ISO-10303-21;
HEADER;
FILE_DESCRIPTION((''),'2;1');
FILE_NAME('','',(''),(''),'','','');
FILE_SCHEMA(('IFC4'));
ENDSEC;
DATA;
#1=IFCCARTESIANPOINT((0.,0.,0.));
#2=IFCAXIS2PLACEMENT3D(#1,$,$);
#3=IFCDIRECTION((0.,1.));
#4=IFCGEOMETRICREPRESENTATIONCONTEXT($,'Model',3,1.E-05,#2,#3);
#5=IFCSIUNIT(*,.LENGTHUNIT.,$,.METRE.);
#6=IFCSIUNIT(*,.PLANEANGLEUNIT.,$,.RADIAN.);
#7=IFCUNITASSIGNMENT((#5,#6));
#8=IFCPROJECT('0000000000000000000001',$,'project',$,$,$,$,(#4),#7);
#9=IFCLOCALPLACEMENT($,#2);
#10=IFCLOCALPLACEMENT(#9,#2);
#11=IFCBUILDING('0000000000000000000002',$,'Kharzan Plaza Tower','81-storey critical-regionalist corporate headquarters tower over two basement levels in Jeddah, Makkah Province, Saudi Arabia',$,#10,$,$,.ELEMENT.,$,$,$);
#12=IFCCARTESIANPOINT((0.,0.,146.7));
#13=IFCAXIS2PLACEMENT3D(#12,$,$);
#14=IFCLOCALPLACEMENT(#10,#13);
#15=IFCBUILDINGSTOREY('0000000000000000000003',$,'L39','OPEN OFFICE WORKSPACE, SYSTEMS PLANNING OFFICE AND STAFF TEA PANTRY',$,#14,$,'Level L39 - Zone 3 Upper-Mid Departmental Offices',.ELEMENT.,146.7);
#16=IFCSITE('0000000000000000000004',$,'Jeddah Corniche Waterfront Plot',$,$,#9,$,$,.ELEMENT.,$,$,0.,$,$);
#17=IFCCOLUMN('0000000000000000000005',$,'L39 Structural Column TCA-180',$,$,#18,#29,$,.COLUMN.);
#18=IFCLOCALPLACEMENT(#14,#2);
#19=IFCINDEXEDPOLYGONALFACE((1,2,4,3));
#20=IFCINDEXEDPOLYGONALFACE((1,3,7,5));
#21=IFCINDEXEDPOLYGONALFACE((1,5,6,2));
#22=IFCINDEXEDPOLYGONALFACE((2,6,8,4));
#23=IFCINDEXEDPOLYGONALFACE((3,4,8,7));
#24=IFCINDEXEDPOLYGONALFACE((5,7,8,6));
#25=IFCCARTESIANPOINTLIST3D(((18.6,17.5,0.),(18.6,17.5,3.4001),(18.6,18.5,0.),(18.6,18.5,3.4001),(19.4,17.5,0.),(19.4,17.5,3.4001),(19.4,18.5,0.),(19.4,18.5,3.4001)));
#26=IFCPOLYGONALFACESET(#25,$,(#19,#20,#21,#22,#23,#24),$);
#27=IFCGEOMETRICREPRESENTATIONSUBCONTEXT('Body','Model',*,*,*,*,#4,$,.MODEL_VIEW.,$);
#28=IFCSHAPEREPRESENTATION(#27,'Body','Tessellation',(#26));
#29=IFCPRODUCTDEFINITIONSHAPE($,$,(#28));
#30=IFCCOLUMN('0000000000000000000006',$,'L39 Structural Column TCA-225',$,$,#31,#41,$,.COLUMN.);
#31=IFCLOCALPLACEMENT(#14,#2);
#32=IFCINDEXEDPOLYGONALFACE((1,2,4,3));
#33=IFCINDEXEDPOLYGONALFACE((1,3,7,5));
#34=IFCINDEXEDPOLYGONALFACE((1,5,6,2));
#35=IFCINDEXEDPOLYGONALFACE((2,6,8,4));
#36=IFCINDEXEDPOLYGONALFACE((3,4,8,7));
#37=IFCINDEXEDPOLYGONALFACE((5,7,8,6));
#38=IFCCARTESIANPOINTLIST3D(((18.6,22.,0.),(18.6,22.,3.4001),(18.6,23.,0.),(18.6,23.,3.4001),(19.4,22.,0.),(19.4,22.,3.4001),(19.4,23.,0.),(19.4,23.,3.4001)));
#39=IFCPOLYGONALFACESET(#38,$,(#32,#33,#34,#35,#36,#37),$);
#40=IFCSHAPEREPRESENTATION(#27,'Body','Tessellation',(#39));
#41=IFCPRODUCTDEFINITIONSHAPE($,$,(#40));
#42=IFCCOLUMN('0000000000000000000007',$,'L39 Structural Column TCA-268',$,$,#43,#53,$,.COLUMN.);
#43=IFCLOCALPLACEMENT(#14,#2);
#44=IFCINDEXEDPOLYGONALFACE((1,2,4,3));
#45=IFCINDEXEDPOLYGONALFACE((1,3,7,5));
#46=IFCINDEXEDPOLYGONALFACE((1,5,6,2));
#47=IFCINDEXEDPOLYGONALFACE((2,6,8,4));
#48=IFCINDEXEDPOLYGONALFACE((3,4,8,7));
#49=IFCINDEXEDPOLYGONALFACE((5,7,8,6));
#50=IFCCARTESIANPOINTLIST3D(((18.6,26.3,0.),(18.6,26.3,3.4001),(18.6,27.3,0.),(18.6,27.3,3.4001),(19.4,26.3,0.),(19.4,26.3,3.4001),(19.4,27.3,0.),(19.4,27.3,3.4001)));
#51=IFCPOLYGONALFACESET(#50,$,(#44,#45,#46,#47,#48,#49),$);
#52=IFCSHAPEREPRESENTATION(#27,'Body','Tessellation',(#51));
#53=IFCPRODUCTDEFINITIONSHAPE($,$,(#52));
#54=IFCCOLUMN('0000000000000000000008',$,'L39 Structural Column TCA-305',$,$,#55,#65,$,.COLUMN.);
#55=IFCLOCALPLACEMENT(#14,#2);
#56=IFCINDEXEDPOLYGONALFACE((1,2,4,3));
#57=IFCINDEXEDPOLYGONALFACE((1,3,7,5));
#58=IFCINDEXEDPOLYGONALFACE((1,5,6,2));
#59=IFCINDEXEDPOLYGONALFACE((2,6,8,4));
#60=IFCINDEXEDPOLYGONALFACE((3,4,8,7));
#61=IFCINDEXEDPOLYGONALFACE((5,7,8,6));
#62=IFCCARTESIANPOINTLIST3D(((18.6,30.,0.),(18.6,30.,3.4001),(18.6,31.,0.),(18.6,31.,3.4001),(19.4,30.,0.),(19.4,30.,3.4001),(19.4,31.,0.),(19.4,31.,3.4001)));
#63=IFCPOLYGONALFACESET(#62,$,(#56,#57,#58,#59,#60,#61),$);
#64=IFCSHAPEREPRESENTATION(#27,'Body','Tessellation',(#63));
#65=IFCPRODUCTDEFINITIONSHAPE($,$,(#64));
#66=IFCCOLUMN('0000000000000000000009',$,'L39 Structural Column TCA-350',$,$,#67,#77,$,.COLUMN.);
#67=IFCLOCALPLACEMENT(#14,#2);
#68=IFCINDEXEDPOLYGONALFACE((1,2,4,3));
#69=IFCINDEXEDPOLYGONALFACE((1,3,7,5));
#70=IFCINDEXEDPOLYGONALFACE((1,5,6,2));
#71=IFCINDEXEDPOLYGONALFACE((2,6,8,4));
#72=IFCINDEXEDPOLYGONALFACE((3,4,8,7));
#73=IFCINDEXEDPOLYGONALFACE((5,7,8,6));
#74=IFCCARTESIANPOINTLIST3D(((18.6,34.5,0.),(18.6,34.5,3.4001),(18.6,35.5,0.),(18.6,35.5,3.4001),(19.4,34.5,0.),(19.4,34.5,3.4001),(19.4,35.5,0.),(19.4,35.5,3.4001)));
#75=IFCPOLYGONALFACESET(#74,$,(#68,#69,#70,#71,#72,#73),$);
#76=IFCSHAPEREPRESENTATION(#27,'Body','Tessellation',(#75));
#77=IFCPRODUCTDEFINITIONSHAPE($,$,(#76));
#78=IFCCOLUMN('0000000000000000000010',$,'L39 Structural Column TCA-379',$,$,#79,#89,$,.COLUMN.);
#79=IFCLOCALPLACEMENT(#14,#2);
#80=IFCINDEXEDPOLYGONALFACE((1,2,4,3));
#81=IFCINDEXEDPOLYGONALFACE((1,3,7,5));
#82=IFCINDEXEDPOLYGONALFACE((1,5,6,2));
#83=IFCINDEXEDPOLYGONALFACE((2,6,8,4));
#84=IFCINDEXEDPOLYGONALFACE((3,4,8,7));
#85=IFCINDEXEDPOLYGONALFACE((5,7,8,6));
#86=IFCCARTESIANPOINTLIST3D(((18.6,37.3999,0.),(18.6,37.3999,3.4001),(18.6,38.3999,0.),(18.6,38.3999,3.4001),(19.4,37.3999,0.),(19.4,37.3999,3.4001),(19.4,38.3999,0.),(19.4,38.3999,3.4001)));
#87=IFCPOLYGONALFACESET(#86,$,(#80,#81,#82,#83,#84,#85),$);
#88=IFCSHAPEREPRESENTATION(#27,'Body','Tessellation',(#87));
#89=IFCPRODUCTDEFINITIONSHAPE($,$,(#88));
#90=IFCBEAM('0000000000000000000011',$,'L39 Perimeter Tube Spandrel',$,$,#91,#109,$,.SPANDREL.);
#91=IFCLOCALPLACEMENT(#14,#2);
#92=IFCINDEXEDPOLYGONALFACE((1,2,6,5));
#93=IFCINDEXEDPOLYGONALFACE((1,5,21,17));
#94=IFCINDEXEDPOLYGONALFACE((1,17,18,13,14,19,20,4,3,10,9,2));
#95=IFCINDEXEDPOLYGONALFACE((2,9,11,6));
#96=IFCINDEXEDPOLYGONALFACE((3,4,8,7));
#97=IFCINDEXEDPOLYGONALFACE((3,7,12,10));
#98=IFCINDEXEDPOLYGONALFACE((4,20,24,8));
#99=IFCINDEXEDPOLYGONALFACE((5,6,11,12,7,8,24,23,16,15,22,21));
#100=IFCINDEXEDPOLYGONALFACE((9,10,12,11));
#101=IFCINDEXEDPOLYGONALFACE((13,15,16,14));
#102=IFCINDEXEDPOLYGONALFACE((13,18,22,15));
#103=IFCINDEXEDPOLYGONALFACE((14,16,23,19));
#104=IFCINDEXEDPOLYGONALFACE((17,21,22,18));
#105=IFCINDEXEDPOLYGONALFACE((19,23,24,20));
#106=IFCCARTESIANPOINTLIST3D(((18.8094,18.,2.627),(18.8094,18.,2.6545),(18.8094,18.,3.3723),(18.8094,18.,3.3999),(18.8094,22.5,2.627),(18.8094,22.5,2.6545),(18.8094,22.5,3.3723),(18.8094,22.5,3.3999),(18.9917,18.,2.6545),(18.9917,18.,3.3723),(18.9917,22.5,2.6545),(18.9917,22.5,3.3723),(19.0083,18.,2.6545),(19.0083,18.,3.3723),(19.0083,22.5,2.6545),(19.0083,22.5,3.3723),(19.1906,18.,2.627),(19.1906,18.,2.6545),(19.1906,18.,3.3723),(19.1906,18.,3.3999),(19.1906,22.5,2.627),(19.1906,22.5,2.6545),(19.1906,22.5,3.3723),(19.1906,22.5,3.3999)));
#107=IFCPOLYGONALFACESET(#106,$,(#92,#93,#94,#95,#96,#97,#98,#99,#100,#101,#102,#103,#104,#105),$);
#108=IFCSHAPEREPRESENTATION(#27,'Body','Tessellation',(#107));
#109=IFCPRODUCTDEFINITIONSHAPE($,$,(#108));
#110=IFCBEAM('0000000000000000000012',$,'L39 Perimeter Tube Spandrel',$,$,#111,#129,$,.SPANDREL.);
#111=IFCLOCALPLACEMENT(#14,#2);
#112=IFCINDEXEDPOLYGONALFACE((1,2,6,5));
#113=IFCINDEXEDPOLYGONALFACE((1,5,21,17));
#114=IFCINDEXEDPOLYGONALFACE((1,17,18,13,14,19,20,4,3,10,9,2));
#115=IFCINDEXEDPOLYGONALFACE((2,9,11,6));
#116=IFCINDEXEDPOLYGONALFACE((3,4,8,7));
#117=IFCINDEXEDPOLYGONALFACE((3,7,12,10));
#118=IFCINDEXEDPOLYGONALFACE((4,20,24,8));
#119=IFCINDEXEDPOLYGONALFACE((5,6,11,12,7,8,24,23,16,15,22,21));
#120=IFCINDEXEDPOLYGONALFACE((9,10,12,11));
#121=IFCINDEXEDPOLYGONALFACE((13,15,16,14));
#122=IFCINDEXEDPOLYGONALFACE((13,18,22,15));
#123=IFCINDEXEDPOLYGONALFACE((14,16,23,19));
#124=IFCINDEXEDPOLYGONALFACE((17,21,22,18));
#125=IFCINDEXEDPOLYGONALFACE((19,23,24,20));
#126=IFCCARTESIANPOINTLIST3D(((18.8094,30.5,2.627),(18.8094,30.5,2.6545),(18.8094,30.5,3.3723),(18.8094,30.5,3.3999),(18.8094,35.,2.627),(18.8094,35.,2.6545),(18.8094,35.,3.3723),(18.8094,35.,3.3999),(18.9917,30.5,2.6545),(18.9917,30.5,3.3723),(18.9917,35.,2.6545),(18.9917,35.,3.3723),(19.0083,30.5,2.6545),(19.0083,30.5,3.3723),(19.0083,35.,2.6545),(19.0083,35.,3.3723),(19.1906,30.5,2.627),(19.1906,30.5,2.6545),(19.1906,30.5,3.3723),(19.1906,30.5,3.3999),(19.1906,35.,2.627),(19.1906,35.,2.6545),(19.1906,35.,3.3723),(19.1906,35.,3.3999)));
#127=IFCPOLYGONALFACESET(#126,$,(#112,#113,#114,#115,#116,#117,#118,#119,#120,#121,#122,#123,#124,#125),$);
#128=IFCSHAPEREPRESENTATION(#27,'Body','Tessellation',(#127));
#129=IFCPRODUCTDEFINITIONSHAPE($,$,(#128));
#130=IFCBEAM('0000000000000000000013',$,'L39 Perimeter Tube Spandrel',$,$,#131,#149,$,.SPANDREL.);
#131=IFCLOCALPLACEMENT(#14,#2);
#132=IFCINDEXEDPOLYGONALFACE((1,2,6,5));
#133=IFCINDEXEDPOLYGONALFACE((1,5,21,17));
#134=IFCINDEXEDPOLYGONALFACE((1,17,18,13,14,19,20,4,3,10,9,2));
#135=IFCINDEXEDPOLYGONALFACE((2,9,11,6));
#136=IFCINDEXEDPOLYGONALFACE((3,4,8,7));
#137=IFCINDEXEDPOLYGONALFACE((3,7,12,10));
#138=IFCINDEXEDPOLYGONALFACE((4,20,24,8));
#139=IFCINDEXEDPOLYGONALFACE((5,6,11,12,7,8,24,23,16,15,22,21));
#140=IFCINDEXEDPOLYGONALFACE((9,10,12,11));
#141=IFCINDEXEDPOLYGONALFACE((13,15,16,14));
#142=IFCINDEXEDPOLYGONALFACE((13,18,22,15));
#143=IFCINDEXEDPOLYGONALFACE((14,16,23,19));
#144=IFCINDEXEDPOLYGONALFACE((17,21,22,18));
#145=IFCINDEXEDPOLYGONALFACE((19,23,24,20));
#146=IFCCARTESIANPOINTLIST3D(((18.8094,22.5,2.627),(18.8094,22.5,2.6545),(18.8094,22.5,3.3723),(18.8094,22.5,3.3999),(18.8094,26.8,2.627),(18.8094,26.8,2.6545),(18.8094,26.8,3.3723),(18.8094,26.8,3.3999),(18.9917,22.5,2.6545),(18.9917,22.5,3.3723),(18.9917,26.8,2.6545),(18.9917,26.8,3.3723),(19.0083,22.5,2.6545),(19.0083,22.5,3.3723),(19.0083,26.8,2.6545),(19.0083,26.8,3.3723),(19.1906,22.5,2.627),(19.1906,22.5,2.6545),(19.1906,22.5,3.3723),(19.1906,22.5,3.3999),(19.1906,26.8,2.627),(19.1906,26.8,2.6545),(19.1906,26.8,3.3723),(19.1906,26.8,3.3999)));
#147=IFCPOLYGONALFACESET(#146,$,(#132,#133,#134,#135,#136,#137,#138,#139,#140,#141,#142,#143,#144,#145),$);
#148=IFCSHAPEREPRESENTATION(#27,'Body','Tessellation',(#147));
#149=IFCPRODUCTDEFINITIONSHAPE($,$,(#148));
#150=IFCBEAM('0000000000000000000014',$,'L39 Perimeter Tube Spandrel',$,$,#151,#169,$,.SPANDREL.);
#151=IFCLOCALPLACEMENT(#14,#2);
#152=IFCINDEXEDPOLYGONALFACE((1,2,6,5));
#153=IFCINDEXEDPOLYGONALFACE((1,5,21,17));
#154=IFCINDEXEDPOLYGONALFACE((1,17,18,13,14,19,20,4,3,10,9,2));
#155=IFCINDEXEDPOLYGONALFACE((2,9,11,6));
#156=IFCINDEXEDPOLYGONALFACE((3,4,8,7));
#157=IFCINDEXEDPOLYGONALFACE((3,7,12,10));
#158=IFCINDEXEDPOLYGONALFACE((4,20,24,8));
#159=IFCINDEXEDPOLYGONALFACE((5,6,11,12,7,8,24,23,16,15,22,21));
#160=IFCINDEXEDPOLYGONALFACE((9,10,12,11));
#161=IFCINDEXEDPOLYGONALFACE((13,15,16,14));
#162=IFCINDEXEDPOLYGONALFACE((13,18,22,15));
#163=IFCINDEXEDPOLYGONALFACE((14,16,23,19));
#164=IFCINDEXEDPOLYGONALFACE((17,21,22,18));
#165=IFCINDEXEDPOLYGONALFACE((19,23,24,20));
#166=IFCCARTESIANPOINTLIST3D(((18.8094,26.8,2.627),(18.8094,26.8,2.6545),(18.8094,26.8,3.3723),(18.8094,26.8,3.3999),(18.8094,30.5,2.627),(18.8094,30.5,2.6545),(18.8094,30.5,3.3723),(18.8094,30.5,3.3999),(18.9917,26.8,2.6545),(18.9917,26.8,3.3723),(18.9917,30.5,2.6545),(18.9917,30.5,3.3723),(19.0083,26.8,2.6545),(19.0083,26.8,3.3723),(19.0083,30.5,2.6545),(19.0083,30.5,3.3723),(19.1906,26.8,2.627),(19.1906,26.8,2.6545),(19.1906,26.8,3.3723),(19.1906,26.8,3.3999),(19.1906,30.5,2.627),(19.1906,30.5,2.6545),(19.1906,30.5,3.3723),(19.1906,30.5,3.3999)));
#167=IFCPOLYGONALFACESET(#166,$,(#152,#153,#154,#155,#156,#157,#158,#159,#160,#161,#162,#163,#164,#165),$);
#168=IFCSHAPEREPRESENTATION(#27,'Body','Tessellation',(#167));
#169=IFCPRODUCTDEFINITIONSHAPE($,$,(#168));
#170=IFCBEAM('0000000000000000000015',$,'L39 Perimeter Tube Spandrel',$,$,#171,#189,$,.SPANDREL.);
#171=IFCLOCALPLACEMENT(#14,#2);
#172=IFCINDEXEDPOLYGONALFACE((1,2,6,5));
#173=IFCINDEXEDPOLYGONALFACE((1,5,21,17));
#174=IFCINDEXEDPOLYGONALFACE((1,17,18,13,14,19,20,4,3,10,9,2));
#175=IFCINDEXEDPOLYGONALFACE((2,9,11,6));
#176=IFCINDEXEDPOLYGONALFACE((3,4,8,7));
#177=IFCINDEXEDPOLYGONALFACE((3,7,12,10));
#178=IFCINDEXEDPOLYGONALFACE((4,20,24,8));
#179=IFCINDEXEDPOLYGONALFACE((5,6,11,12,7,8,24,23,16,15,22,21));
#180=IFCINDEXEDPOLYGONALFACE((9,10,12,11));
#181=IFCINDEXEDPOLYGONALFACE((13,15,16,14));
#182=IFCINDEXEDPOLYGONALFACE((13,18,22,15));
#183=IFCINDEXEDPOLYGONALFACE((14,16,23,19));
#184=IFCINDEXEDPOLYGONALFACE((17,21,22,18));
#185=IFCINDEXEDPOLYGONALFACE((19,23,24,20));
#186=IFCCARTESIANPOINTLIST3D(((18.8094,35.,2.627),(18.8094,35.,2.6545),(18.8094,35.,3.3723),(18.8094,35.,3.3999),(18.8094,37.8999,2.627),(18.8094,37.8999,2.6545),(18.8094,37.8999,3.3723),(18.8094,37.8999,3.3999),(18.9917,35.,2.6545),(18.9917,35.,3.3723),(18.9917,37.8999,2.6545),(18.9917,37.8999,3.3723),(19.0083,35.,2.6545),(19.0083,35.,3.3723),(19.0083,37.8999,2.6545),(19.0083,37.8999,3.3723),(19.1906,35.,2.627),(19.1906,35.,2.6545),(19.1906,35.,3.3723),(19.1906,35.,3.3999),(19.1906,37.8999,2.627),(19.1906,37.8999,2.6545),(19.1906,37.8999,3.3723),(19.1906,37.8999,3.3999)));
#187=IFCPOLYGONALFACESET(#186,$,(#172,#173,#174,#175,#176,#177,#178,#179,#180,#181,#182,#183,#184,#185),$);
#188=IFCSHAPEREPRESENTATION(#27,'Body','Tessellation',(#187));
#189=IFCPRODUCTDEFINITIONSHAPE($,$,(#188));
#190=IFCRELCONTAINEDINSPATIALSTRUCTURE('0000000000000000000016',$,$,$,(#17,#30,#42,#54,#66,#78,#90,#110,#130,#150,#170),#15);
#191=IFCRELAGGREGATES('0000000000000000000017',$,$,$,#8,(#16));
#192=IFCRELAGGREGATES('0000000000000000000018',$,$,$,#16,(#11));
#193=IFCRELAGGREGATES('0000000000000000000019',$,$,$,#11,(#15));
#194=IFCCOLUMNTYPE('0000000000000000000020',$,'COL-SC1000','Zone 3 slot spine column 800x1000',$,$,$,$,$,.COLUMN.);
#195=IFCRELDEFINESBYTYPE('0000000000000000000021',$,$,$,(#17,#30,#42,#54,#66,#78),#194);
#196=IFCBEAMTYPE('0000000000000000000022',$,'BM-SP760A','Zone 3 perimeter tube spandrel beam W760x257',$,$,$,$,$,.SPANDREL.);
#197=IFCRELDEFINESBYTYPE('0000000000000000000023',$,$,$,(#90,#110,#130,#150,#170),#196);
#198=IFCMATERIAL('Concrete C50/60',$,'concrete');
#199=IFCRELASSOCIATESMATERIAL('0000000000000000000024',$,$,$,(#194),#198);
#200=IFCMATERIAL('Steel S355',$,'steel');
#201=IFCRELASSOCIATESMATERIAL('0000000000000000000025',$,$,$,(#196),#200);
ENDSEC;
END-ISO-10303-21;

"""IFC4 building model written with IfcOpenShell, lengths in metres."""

from ifc_helpers import new_model, si_unit, direction, frame, origin, origin_2d, place, context, subcontext, project, spatial, rectangle, i_section, extrude, source, transform, mapped, material, material_profile, profile_set, type_object, element, save


model = new_model("IFC4")

# Units and contexts
model_context = context("Model", 3, precision=1e-05, world=origin(), true_north=direction((0.0, 1.0)))
body_context = subcontext(model_context, "Body", "Model", "MODEL_VIEW")
ifc_project = project(units=[si_unit("LENGTHUNIT", "METRE"), si_unit("PLANEANGLEUNIT", "RADIAN")], contexts=[model_context])

# Site, building, storey
site_placement = place(None, origin())
site = spatial("IfcSite", under=ifc_project, at=site_placement, Name="Jeddah Corniche Waterfront Plot", CompositionType="ELEMENT", RefElevation=0.0)
building_placement = place(site_placement, origin())
building = spatial("IfcBuilding", under=site, at=building_placement, Name="Kharzan Plaza Tower", Description="81-storey critical-regionalist corporate headquarters tower over two basement levels in Jeddah, Makkah Province, Saudi Arabia", CompositionType="ELEMENT")
storey_placement = place(building_placement, frame((0.0, 0.0, 146.7)))
storey = spatial("IfcBuildingStorey", under=building, at=storey_placement, Name="L39", Description="OPEN OFFICE WORKSPACE, SYSTEMS PLANNING OFFICE AND STAFF TEA PANTRY", LongName="Level L39 - Zone 3 Upper-Mid Departmental Offices", CompositionType="ELEMENT", Elevation=146.7)

# Columns
ifc_material_1 = material(Name="Concrete C50/60", Category="concrete")
ifc_material_profile_1 = material_profile(ifc_material_1, rectangle(XDim=0.8, YDim=1.0, at=origin_2d()), Name="RC-SC1000x800")
ifc_profile_set_1 = profile_set([ifc_material_profile_1], Name="Concrete C50/60")
column_type = type_object("IfcColumnType", Name="COL-SC1000", Description="Zone 3 slot spine column 800x1000", PredefinedType="COLUMN", material=ifc_profile_set_1)
shared_shape_1 = source(origin(), body_context, "Body", "SweptSolid", [
    extrude(rectangle(XDim=0.8, YDim=1.0, at=origin_2d()), origin(), (0.0, 0.0, 1.0), 3.4001),
])
for number, where, z_axis, x_axis, name in (
    (1, (19.0, 18.0, 0.0), (0.0, 0.0, 1.0), (1.0, 0.0, 0.0), "L39 Structural Column TCA-180"),
    (2, (19.0, 22.5, 0.0), (0.0, 0.0, 1.0), (1.0, 0.0, 0.0), "L39 Structural Column TCA-225"),
    (3, (19.0, 26.8, 0.0), (0.0, 0.0, 1.0), (1.0, 0.0, 0.0), "L39 Structural Column TCA-268"),
    (4, (19.0, 30.5, 0.0), (0.0, 0.0, 1.0), (1.0, 0.0, 0.0), "L39 Structural Column TCA-305"),
    (5, (19.0, 35.0, 0.0), (0.0, 0.0, 1.0), (1.0, 0.0, 0.0), "L39 Structural Column TCA-350"),
    (6, (19.0, 37.8999, 0.0), (0.0, 0.0, 1.0), (1.0, 0.0, 0.0), "L39 Structural Column TCA-379"),
):
    element("IfcColumn", number, at=place(storey_placement, frame(where, z_axis=z_axis, x_axis=x_axis)), inside=storey, type_object=column_type, Name=name, PredefinedType="COLUMN", context=body_context, shape_type="MappedRepresentation", body=[
        mapped(shared_shape_1, transform((0.0, 0.0, 0.0), x_axis=(1.0, 0.0, 0.0), y_axis=(0.0, 1.0, 0.0), z_axis=(0.0, 0.0, 1.0))),
    ])

# Beams
ifc_material_2 = material(Name="Steel S355", Category="steel")
ifc_material_profile_2 = material_profile(ifc_material_2, i_section(OverallWidth=0.3811, OverallDepth=0.7729, WebThickness=0.0166, FlangeThickness=0.0276, at=origin_2d()), Name="W760x257")
ifc_profile_set_2 = profile_set([ifc_material_profile_2], Name="Steel S355")
beam_type = type_object("IfcBeamType", Name="BM-SP760A", Description="Zone 3 perimeter tube spandrel beam W760x257", PredefinedType="SPANDREL", material=ifc_profile_set_2)
shared_shape_2 = source(origin(), body_context, "Body", "SweptSolid", [
    extrude(i_section(OverallWidth=0.3811, OverallDepth=0.7729, WebThickness=0.0166, FlangeThickness=0.0276, at=origin_2d()), origin(), (0.0, 0.0, 1.0), 4.5),
])
for number, where, z_axis, x_axis, name in (
    (7, (19.0, 18.0, 3.0134), (0.0, 1.0, 0.0), (-1.0, 0.0, 0.0), "L39 Perimeter Tube Spandrel"),
    (8, (19.0, 30.5, 3.0134), (0.0, 1.0, 0.0), (-1.0, 0.0, 0.0), "L39 Perimeter Tube Spandrel"),
):
    element("IfcBeam", number, at=place(storey_placement, frame(where, z_axis=z_axis, x_axis=x_axis)), inside=storey, type_object=beam_type, Name=name, PredefinedType="SPANDREL", context=body_context, shape_type="MappedRepresentation", body=[
        mapped(shared_shape_2, transform((0.0, 0.0, 0.0), x_axis=(1.0, 0.0, 0.0), y_axis=(0.0, 1.0, 0.0), z_axis=(0.0, 0.0, 1.0))),
    ])
shared_shape_3 = source(origin(), body_context, "Body", "SweptSolid", [
    extrude(i_section(OverallWidth=0.3811, OverallDepth=0.7729, WebThickness=0.0166, FlangeThickness=0.0276, at=origin_2d()), origin(), (0.0, 0.0, 1.0), 4.3),
])
beam_1_placement = place(storey_placement, frame((19.0, 22.5, 3.0134), z_axis=(0.0, 1.0, 0.0), x_axis=(-1.0, 0.0, 0.0)))
element("IfcBeam", 9, at=beam_1_placement, inside=storey, type_object=beam_type, Name="L39 Perimeter Tube Spandrel", PredefinedType="SPANDREL", context=body_context, shape_type="MappedRepresentation", body=[
    mapped(shared_shape_3, transform((0.0, 0.0, 0.0), x_axis=(1.0, 0.0, 0.0), y_axis=(0.0, 1.0, 0.0), z_axis=(0.0, 0.0, 1.0))),
])
shared_shape_4 = source(origin(), body_context, "Body", "SweptSolid", [
    extrude(i_section(OverallWidth=0.3811, OverallDepth=0.7729, WebThickness=0.0166, FlangeThickness=0.0276, at=origin_2d()), origin(), (0.0, 0.0, 1.0), 3.7),
])
beam_2_placement = place(storey_placement, frame((19.0, 26.8, 3.0134), z_axis=(0.0, 1.0, 0.0), x_axis=(-1.0, 0.0, 0.0)))
element("IfcBeam", 10, at=beam_2_placement, inside=storey, type_object=beam_type, Name="L39 Perimeter Tube Spandrel", PredefinedType="SPANDREL", context=body_context, shape_type="MappedRepresentation", body=[
    mapped(shared_shape_4, transform((0.0, 0.0, 0.0), x_axis=(1.0, 0.0, 0.0), y_axis=(0.0, 1.0, 0.0), z_axis=(0.0, 0.0, 1.0))),
])
shared_shape_5 = source(origin(), body_context, "Body", "SweptSolid", [
    extrude(i_section(OverallWidth=0.3811, OverallDepth=0.7729, WebThickness=0.0166, FlangeThickness=0.0276, at=origin_2d()), origin(), (0.0, 0.0, 1.0), 2.8999),
])
beam_3_placement = place(storey_placement, frame((19.0, 35.0, 3.0134), z_axis=(0.0, 1.0, 0.0), x_axis=(-1.0, 0.0, 0.0)))
element("IfcBeam", 11, at=beam_3_placement, inside=storey, type_object=beam_type, Name="L39 Perimeter Tube Spandrel", PredefinedType="SPANDREL", context=body_context, shape_type="MappedRepresentation", body=[
    mapped(shared_shape_5, transform((0.0, 0.0, 0.0), x_axis=(1.0, 0.0, 0.0), y_axis=(0.0, 1.0, 0.0), z_axis=(0.0, 0.0, 1.0))),
])

save(model, "model.ifc")
